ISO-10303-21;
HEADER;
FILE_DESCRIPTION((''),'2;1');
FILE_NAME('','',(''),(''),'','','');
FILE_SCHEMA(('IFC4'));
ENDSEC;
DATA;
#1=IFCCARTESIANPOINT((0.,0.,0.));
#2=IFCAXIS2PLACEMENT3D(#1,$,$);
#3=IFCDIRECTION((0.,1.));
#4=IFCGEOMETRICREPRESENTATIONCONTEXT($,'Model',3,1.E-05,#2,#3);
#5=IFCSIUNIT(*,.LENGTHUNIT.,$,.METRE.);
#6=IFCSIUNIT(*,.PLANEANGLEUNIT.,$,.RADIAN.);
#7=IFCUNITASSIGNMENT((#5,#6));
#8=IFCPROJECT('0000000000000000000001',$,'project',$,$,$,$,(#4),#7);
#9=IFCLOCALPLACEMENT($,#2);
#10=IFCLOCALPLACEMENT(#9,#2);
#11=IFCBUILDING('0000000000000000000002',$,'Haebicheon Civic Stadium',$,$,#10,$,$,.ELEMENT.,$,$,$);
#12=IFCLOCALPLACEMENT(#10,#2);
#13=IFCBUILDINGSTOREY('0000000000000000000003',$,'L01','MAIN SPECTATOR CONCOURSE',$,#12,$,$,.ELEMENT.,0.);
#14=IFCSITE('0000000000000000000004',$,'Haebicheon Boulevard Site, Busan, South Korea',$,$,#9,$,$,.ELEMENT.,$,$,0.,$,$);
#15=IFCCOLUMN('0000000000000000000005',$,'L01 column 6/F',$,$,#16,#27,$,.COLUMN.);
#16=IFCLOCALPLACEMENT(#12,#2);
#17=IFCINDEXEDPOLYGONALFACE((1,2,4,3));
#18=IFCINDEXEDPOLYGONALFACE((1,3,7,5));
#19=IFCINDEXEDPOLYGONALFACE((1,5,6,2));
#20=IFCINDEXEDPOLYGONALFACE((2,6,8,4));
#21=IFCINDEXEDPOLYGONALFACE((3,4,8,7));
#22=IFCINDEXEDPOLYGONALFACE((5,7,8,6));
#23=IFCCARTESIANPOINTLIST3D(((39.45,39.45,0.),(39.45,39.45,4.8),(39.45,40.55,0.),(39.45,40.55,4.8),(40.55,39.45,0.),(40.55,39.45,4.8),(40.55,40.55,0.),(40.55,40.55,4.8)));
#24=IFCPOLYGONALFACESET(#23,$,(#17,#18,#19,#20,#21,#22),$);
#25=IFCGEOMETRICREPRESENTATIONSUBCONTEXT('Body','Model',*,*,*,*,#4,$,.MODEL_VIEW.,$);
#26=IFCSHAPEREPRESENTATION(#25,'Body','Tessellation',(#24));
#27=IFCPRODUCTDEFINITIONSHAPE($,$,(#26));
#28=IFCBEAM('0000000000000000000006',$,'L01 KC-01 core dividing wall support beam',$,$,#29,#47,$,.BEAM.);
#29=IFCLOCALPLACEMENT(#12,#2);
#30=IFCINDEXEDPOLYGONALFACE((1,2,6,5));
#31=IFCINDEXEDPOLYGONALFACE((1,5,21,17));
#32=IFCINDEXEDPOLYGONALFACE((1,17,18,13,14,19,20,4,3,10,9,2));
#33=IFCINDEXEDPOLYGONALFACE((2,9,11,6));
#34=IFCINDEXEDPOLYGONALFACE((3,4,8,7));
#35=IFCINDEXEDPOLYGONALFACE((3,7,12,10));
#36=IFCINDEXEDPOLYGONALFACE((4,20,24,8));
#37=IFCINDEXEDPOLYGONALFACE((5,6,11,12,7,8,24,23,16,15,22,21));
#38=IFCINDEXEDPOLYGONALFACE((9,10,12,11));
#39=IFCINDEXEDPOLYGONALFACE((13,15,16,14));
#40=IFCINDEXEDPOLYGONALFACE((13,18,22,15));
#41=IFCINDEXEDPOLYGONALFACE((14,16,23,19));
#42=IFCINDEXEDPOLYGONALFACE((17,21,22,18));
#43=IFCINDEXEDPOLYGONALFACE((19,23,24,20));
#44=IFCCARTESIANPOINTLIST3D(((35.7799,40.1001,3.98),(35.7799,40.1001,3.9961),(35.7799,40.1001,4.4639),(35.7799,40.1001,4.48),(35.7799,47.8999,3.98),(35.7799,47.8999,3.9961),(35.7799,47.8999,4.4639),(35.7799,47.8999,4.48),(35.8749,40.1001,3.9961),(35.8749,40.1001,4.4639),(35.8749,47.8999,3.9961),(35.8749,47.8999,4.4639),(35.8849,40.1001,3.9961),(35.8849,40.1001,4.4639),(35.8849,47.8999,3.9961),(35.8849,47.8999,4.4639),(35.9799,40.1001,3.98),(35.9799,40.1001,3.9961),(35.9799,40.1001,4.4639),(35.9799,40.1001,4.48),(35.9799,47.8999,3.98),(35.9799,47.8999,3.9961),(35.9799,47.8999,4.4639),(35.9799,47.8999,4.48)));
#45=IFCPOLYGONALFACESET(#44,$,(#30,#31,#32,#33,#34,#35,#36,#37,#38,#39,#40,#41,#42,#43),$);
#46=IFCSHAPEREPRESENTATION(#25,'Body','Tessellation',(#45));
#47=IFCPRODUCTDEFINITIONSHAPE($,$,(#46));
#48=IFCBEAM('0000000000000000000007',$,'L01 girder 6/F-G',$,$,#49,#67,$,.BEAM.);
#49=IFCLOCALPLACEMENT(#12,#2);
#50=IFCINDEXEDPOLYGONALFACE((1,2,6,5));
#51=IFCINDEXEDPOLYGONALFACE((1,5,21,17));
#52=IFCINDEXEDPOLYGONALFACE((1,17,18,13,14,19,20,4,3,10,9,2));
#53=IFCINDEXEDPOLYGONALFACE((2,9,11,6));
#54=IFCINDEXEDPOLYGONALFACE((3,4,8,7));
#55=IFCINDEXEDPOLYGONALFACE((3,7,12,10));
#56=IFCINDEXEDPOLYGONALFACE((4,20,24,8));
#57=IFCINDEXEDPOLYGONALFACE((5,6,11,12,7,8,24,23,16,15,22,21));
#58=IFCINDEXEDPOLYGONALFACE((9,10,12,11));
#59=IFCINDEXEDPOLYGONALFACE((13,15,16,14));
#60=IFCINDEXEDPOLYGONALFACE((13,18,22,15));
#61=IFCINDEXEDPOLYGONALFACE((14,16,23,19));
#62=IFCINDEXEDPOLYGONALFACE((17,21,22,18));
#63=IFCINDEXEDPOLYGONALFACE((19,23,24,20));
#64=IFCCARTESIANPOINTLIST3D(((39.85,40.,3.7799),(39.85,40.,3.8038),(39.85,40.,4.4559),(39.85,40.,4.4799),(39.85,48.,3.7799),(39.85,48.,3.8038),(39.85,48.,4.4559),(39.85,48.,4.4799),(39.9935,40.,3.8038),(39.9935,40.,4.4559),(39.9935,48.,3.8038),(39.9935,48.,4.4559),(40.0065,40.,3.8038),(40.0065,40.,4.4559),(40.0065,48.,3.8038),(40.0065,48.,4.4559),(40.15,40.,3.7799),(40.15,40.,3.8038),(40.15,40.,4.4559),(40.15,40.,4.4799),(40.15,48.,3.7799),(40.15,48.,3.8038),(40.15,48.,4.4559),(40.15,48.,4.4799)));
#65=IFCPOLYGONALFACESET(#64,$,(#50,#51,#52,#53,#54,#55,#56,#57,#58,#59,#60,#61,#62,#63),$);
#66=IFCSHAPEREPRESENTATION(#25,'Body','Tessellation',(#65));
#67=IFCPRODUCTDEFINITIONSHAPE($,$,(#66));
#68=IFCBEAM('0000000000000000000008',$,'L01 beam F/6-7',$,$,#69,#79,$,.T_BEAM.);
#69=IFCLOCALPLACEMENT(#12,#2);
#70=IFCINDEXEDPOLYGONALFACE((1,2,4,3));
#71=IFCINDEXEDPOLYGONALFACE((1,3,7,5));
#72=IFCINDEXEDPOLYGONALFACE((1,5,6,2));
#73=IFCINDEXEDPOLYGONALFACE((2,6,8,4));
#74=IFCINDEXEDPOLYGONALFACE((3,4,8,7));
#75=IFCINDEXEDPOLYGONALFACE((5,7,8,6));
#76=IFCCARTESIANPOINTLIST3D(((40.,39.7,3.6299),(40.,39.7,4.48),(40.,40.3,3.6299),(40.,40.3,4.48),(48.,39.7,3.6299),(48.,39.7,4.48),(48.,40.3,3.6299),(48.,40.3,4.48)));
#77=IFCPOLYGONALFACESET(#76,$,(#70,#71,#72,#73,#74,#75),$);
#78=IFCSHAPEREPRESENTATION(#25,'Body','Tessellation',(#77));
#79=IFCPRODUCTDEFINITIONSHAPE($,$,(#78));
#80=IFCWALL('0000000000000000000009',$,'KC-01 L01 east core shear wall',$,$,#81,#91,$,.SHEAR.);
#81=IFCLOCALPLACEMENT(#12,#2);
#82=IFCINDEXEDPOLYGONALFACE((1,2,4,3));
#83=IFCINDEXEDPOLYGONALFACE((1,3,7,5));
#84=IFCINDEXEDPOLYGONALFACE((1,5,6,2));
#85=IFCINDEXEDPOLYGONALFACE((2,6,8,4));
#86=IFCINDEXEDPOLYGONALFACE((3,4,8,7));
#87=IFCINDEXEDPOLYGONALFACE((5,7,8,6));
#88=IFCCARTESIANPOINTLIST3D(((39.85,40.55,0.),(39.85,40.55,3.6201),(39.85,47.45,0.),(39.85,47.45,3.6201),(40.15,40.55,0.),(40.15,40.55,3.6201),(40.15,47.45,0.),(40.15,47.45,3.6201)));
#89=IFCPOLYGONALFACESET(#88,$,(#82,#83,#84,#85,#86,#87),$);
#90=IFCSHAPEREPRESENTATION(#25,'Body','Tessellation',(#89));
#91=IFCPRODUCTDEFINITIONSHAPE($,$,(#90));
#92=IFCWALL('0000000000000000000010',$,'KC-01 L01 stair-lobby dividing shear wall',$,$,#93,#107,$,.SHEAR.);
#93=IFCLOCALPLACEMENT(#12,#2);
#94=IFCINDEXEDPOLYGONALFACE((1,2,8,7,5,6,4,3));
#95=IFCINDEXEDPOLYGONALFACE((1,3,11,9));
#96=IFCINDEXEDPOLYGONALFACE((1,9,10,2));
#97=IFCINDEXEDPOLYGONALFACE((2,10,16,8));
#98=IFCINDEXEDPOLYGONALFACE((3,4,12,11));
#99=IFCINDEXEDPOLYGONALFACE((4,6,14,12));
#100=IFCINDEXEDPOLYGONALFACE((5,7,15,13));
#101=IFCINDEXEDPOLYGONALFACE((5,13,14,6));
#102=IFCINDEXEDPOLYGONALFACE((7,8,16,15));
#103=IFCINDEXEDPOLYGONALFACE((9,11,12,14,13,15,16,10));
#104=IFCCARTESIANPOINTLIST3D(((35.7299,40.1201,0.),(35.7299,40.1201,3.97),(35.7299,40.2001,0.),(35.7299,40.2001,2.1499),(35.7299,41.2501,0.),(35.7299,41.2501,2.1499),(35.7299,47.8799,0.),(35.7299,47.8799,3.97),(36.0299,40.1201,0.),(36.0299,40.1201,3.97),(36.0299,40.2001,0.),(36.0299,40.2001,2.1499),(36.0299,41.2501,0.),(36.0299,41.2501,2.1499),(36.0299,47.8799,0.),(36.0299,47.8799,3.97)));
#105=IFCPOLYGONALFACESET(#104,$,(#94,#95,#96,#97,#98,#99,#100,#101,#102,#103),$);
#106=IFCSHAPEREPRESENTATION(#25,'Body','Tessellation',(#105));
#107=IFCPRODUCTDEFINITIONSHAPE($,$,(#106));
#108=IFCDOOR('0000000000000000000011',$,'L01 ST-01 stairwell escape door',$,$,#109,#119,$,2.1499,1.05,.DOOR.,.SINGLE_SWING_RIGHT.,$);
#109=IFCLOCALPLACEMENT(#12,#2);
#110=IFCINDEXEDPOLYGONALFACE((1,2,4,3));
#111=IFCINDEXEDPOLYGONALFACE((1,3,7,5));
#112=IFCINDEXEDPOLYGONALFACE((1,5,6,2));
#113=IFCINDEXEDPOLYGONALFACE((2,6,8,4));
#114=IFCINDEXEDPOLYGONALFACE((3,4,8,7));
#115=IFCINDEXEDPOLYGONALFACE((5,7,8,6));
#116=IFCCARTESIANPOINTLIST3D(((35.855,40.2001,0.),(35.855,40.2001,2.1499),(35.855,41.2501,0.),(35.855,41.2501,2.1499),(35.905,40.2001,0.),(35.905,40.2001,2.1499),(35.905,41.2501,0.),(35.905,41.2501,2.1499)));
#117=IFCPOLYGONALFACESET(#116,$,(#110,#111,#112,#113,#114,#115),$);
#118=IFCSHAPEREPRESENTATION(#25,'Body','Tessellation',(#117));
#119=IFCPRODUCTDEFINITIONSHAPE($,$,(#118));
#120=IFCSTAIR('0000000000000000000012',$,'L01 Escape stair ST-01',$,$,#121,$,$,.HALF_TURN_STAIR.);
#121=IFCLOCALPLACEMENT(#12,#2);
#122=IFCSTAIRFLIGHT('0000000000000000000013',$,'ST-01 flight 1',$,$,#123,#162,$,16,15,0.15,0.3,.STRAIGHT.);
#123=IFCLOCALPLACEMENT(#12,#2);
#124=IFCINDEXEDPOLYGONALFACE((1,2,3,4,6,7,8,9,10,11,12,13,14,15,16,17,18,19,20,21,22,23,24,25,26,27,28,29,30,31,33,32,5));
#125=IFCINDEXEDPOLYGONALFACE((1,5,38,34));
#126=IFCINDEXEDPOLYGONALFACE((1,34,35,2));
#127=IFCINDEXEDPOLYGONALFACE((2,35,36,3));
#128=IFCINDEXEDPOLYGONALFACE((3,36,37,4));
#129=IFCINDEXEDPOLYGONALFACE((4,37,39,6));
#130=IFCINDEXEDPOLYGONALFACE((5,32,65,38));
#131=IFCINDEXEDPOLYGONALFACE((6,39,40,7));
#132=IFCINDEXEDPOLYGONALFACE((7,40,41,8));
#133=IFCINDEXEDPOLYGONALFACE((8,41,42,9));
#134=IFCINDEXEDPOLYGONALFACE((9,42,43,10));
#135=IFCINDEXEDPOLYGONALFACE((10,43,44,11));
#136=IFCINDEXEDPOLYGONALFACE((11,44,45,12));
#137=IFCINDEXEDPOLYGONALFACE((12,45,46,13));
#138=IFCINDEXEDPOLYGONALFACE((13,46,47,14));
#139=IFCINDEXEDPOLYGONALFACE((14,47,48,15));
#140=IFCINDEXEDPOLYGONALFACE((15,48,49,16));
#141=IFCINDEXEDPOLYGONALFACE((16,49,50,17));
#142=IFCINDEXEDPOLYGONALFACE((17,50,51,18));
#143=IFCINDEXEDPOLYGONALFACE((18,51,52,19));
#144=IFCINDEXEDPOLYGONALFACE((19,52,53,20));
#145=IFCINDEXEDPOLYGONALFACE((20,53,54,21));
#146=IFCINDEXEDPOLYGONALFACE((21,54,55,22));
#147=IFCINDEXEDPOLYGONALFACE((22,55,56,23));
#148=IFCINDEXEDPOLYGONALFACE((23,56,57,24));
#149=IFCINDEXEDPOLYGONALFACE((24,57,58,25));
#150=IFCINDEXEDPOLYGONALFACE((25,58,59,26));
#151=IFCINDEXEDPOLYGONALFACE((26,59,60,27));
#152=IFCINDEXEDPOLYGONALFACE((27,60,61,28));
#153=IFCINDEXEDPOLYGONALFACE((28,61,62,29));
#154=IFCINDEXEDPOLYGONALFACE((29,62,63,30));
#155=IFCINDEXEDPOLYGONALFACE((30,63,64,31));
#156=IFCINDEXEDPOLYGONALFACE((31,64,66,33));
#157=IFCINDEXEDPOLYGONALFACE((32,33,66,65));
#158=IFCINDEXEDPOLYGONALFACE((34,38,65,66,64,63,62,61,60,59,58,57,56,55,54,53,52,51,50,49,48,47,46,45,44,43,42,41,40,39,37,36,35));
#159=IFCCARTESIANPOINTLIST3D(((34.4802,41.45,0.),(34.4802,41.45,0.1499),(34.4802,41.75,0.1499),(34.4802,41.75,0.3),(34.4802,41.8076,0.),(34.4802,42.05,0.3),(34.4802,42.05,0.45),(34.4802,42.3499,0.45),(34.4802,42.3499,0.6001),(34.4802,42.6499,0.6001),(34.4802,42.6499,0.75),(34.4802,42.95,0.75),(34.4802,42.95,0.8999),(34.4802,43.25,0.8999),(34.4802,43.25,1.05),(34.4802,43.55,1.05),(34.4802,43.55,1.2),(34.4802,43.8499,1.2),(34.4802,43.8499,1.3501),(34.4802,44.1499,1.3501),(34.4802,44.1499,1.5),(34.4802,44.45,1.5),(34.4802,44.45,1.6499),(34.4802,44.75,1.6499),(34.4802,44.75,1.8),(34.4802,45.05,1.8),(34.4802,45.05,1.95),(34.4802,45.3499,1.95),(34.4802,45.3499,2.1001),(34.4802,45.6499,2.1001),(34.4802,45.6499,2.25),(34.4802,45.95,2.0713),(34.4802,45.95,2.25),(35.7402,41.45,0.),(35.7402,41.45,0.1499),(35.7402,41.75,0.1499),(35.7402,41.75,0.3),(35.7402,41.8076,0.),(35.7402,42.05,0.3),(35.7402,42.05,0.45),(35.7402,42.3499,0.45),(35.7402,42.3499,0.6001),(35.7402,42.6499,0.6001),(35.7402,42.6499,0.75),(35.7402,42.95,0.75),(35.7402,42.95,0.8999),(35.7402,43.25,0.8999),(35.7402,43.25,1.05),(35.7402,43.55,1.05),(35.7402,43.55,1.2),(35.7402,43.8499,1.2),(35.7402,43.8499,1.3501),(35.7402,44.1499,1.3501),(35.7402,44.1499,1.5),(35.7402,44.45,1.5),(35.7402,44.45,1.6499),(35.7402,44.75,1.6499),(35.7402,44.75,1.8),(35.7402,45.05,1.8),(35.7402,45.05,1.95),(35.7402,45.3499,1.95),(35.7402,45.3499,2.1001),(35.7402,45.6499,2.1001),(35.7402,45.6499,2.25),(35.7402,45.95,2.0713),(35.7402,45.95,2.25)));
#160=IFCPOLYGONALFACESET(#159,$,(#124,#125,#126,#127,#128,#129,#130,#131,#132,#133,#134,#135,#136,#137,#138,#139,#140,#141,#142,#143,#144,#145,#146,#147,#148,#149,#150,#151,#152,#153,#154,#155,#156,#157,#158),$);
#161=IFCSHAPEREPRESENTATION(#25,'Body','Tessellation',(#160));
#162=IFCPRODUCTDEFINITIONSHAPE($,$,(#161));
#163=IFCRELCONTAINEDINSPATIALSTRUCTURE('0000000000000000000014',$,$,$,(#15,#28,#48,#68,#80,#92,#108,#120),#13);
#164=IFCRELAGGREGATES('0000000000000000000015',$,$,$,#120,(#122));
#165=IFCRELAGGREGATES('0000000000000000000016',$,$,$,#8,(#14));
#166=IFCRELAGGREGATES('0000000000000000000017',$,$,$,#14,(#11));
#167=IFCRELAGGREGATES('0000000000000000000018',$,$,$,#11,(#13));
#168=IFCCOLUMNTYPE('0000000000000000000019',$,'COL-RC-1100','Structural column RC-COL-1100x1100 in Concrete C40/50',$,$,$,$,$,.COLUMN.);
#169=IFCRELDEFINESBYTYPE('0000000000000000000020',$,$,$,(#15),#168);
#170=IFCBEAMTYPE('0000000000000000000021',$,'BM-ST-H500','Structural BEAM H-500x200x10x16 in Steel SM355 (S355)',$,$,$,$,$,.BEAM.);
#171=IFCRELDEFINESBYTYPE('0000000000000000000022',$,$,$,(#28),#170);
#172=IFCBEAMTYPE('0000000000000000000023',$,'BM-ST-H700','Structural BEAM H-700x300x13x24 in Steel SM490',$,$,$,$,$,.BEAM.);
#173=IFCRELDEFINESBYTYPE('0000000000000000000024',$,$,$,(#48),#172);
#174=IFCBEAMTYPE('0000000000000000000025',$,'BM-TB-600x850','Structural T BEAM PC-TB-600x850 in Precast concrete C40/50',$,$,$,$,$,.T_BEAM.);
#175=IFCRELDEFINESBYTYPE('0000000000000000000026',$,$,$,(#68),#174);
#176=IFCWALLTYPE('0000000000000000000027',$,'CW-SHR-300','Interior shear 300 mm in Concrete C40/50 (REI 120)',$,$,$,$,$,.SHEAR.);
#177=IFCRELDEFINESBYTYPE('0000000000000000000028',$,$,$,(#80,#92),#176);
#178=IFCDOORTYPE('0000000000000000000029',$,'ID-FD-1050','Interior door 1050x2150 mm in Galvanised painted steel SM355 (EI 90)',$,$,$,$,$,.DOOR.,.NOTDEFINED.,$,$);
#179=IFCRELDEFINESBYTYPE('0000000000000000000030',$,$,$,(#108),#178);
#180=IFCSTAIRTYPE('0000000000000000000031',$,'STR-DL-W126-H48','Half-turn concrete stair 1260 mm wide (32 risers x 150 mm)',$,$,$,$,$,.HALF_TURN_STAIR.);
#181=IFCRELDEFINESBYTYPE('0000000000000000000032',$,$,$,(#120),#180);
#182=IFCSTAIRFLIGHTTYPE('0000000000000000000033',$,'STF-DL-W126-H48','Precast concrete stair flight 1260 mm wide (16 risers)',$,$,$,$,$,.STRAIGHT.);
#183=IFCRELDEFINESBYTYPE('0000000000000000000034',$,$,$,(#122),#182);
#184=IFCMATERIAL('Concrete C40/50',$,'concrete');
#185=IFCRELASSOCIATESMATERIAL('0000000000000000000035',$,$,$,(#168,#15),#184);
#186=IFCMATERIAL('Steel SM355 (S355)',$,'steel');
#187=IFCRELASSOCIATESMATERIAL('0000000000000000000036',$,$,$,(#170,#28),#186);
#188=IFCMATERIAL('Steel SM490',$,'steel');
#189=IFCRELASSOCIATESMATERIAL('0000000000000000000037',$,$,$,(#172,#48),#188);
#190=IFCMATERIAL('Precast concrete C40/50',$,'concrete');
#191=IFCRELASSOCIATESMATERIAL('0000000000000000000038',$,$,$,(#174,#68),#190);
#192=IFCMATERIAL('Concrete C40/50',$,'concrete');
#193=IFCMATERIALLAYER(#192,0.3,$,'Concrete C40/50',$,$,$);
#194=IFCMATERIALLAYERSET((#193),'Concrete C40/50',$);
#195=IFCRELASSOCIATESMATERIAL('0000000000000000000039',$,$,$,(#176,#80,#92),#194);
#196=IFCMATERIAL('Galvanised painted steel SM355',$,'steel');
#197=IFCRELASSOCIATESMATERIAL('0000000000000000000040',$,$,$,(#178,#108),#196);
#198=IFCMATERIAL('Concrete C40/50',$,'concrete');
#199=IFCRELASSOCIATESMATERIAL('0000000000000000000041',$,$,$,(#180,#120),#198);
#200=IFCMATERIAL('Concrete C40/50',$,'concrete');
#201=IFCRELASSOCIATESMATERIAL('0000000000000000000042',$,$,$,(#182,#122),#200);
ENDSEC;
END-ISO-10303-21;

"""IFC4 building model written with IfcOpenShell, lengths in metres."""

from ifc_helpers import new_model, si_unit, direction, frame, frame_2d, origin, origin_2d, place, context, subcontext, project, spatial, polyline, rectangle, i_section, outline, extrude, material, layer, layer_set, material_profile, profile_set, type_object, element, fill, aggregate, save


model = new_model("IFC4")

# Units and contexts
model_context = context("Model", 3, precision=1e-05, world=origin(), true_north=direction((0.0, 1.0)))
body_context = subcontext(model_context, "Body", "Model", "MODEL_VIEW")
ifc_project = project(units=[si_unit("LENGTHUNIT", "METRE"), si_unit("PLANEANGLEUNIT", "RADIAN")], contexts=[model_context])

# Site, building, storey
site_placement = place(None, origin())
site = spatial("IfcSite", under=ifc_project, at=site_placement, Name="Haebicheon Boulevard Site, Busan, South Korea", CompositionType="ELEMENT", RefElevation=0.0)
building_placement = place(site_placement, origin())
building = spatial("IfcBuilding", under=site, at=building_placement, Name="Haebicheon Civic Stadium", CompositionType="ELEMENT")
storey_placement = place(building_placement, origin())
storey = spatial("IfcBuildingStorey", under=building, at=storey_placement, Name="L01", Description="MAIN SPECTATOR CONCOURSE", CompositionType="ELEMENT", Elevation=0.0)

# Column
ifc_material_1 = material(Name="Concrete C40/50", Category="concrete")
ifc_material_profile_1 = material_profile(ifc_material_1, rectangle(XDim=1.1001, YDim=1.1001, at=origin_2d()), Name="RC-COL-1100x1100")
ifc_profile_set_1 = profile_set([ifc_material_profile_1], Name="Concrete C40/50")
column_type = type_object("IfcColumnType", Name="COL-RC-1100", Description="Structural column RC-COL-1100x1100 in Concrete C40/50", PredefinedType="COLUMN", material=ifc_profile_set_1)
column_placement = place(storey_placement, frame((40.0, 40.0, 0.0), z_axis=(0.0, 0.0, 1.0), x_axis=(1.0, 0.0, 0.0)))
element("IfcColumn", 1, at=column_placement, inside=storey, type_object=column_type, material=ifc_profile_set_1, Name="L01 column 6/F", PredefinedType="COLUMN", context=body_context, shape_type="SweptSolid", body=[
    extrude(rectangle(XDim=1.1001, YDim=1.1001, at=origin_2d()), origin(), (0.0, 0.0, 1.0), 4.8),
])

# Beams
ifc_material_2 = material(Name="Steel SM355 (S355)", Category="steel")
ifc_material_profile_2 = material_profile(ifc_material_2, i_section(OverallWidth=0.2, OverallDepth=0.5, WebThickness=0.01, FlangeThickness=0.0161, at=origin_2d()), Name="H-500x200x10x16")
ifc_profile_set_2 = profile_set([ifc_material_profile_2], Name="Steel SM355 (S355)")
beam_type_1 = type_object("IfcBeamType", Name="BM-ST-H500", Description="Structural BEAM H-500x200x10x16 in Steel SM355 (S355)", PredefinedType="BEAM", material=ifc_profile_set_2)
beam_1_placement = place(storey_placement, frame((35.8799, 40.1001, 4.23), z_axis=(0.0, 1.0, 0.0), x_axis=(-1.0, 0.0, 0.0)))
element("IfcBeam", 2, at=beam_1_placement, inside=storey, type_object=beam_type_1, material=ifc_profile_set_2, Name="L01 KC-01 core dividing wall support beam", PredefinedType="BEAM", context=body_context, shape_type="SweptSolid", body=[
    extrude(i_section(OverallWidth=0.2, OverallDepth=0.5, WebThickness=0.01, FlangeThickness=0.0161, at=origin_2d()), origin(), (0.0, 0.0, 1.0), 7.7998),
])
ifc_material_3 = material(Name="Steel SM490", Category="steel")
ifc_material_profile_3 = material_profile(ifc_material_3, i_section(OverallWidth=0.3, OverallDepth=0.7, WebThickness=0.0129, FlangeThickness=0.0239, at=origin_2d()), Name="H-700x300x13x24")
ifc_profile_set_3 = profile_set([ifc_material_profile_3], Name="Steel SM490")
beam_type_2 = type_object("IfcBeamType", Name="BM-ST-H700", Description="Structural BEAM H-700x300x13x24 in Steel SM490", PredefinedType="BEAM", material=ifc_profile_set_3)
beam_2_placement = place(storey_placement, frame((40.0, 40.0, 4.1299), z_axis=(0.0, 1.0, 0.0), x_axis=(-1.0, 0.0, 0.0)))
element("IfcBeam", 3, at=beam_2_placement, inside=storey, type_object=beam_type_2, material=ifc_profile_set_3, Name="L01 girder 6/F-G", PredefinedType="BEAM", context=body_context, shape_type="SweptSolid", body=[
    extrude(i_section(OverallWidth=0.3, OverallDepth=0.7, WebThickness=0.0129, FlangeThickness=0.0239, at=origin_2d()), origin(), (0.0, 0.0, 1.0), 8.0),
])
ifc_material_4 = material(Name="Precast concrete C40/50", Category="concrete")
ifc_material_profile_4 = material_profile(ifc_material_4, rectangle(XDim=0.6001, YDim=0.8501, at=origin_2d()), Name="PC-TB-600x850")
ifc_profile_set_4 = profile_set([ifc_material_profile_4], Name="Precast concrete C40/50")
beam_type_3 = type_object("IfcBeamType", Name="BM-TB-600x850", Description="Structural T BEAM PC-TB-600x850 in Precast concrete C40/50", PredefinedType="T_BEAM", material=ifc_profile_set_4)
beam_3_placement = place(storey_placement, frame((40.0, 40.0, 4.0549), z_axis=(1.0, 0.0, 0.0), x_axis=(0.0, 1.0, 0.0)))
element("IfcBeam", 4, at=beam_3_placement, inside=storey, type_object=beam_type_3, material=ifc_profile_set_4, Name="L01 beam F/6-7", PredefinedType="T_BEAM", context=body_context, shape_type="SweptSolid", body=[
    extrude(rectangle(XDim=0.6001, YDim=0.8501, at=origin_2d()), origin(), (0.0, 0.0, 1.0), 8.0),
])

# Wall
ifc_material_5 = material(Name="Concrete C40/50", Category="concrete")
ifc_layer_1 = layer(ifc_material_5, 0.3, Name="Concrete C40/50")
ifc_layer_set_1 = layer_set([ifc_layer_1], Name="Concrete C40/50")
wall_type = type_object("IfcWallType", Name="CW-SHR-300", Description="Interior shear 300 mm in Concrete C40/50 (REI 120)", PredefinedType="SHEAR", material=ifc_layer_set_1)
wall_1_placement = place(storey_placement, frame((40.0, 40.55, 0.0), z_axis=(0.0, 0.0, 1.0), x_axis=(0.0, 1.0, 0.0)))
element("IfcWall", 5, at=wall_1_placement, inside=storey, type_object=wall_type, material=ifc_layer_set_1, Name="KC-01 L01 east core shear wall", PredefinedType="SHEAR", context=body_context, shape_type="SweptSolid", body=[
    extrude(rectangle(XDim=6.8999, YDim=0.3, at=frame_2d((3.45, 0.0))), origin(), (0.0, 0.0, 1.0), 3.6201),
])

# Wall, opening, door
wall_2_placement = place(storey_placement, frame((35.8799, 40.1201, 0.0), z_axis=(0.0, 0.0, 1.0), x_axis=(0.0, 1.0, 0.0)))
wall_2 = element("IfcWall", 6, at=wall_2_placement, inside=storey, type_object=wall_type, material=ifc_layer_set_1, Name="KC-01 L01 stair-lobby dividing shear wall", PredefinedType="SHEAR", context=body_context, shape_type="SweptSolid", body=[
    extrude(rectangle(XDim=7.7598, YDim=0.3, at=frame_2d((3.8799, 0.0))), origin(), (0.0, 0.0, 1.0), 3.97),
])
opening_1_placement = place(wall_2_placement, frame((0.0801, 0.0, 0.0)))
opening_1 = element("IfcOpeningElement", 7, at=opening_1_placement, cuts=wall_2, PredefinedType="OPENING", context=body_context, shape_type="SweptSolid", body=[
    extrude(rectangle(XDim=1.05, YDim=2.1499, at=frame_2d((0.5249, 1.075))), frame((0.0, 0.1599, 0.0), z_axis=(0.0, -1.0, 0.0), x_axis=(1.0, 0.0, 0.0)), (0.0, 0.0, 1.0), 0.3201),
])
ifc_material_6 = material(Name="Galvanised painted steel SM355", Category="steel")
door_type_1 = type_object("IfcDoorType", Name="ID-FD-1050", Description="Interior door 1050x2150 mm in Galvanised painted steel SM355 (EI 90)", OperationType="NOTDEFINED", PredefinedType="DOOR", material=ifc_material_6)
door_1_placement = place(opening_1_placement, origin())
door_1 = element("IfcDoor", 8, at=door_1_placement, inside=storey, type_object=door_type_1, material=ifc_material_6, Name="L01 ST-01 stairwell escape door", OperationType="SINGLE_SWING_RIGHT", OverallHeight=2.1499, OverallWidth=1.05, PredefinedType="DOOR", context=body_context, shape_type="SweptSolid", body=[
    extrude(rectangle(XDim=1.05, YDim=2.1499, at=frame_2d((0.5249, 1.075))), frame((0.0, 0.0249, 0.0), z_axis=(0.0, -1.0, 0.0), x_axis=(1.0, 0.0, 0.0)), (0.0, 0.0, 1.0), 0.05),
])
fill(opening_1, door_1)

# Stair, stair flight
ifc_material_7 = material(Name="Concrete C40/50", Category="concrete")
stair_type = type_object("IfcStairType", Name="STR-DL-W126-H48", Description="Half-turn concrete stair 1260 mm wide (32 risers x 150 mm)", PredefinedType="HALF_TURN_STAIR", material=ifc_material_7)
stair_placement = place(storey_placement, origin())
stair = element("IfcStair", 9, at=stair_placement, inside=storey, type_object=stair_type, material=ifc_material_7, Name="L01 Escape stair ST-01", PredefinedType="HALF_TURN_STAIR")
ifc_material_8 = material(Name="Concrete C40/50", Category="concrete")
stair_flight_type = type_object("IfcStairFlightType", Name="STF-DL-W126-H48", Description="Precast concrete stair flight 1260 mm wide (16 risers)", PredefinedType="STRAIGHT", material=ifc_material_8)
stair_flight_placement = place(storey_placement, frame((35.1101, 41.45, 0.0), z_axis=(0.0, 0.0, 1.0), x_axis=(0.0, 1.0, 0.0)))
stair_flight = element("IfcStairFlight", 10, at=stair_flight_placement, type_object=stair_flight_type, material=ifc_material_8, Name="ST-01 flight 1", NumberOfRisers=16, NumberOfTreads=15, PredefinedType="STRAIGHT", RiserHeight=0.15, TreadLength=0.3, context=body_context, shape_type="SweptSolid", body=[
    extrude(outline(polyline([(0.0, 0.0), (0.0, 0.1499), (0.3, 0.1499), (0.3, 0.3), (0.6001, 0.3), (0.6001, 0.45), (0.8999, 0.45), (0.8999, 0.6001), (1.2, 0.6001), (1.2, 0.75), (1.5, 0.75), (1.5, 0.8999), (1.8, 0.8999), (1.8, 1.05), (2.1001, 1.05), (2.1001, 1.2), (2.3999, 1.2), (2.3999, 1.3501), (2.7, 1.3501), (2.7, 1.5), (3.0, 1.5), (3.0, 1.6499), (3.3, 1.6499), (3.3, 1.8), (3.6001, 1.8), (3.6001, 1.95), (3.8999, 1.95), (3.8999, 2.1001), (4.2, 2.1001), (4.2, 2.25), (4.5, 2.25), (4.5, 2.3999), (4.5, 2.0713), (0.3577, 0.0), (0.0, 0.0)])), frame((0.0, 0.6299, 0.0), z_axis=(0.0, -1.0, 0.0), x_axis=(1.0, 0.0, 0.0)), (0.0, 0.0, 1.0), 1.26),
])
aggregate(stair, [stair_flight])

save(model, "model.ifc")
